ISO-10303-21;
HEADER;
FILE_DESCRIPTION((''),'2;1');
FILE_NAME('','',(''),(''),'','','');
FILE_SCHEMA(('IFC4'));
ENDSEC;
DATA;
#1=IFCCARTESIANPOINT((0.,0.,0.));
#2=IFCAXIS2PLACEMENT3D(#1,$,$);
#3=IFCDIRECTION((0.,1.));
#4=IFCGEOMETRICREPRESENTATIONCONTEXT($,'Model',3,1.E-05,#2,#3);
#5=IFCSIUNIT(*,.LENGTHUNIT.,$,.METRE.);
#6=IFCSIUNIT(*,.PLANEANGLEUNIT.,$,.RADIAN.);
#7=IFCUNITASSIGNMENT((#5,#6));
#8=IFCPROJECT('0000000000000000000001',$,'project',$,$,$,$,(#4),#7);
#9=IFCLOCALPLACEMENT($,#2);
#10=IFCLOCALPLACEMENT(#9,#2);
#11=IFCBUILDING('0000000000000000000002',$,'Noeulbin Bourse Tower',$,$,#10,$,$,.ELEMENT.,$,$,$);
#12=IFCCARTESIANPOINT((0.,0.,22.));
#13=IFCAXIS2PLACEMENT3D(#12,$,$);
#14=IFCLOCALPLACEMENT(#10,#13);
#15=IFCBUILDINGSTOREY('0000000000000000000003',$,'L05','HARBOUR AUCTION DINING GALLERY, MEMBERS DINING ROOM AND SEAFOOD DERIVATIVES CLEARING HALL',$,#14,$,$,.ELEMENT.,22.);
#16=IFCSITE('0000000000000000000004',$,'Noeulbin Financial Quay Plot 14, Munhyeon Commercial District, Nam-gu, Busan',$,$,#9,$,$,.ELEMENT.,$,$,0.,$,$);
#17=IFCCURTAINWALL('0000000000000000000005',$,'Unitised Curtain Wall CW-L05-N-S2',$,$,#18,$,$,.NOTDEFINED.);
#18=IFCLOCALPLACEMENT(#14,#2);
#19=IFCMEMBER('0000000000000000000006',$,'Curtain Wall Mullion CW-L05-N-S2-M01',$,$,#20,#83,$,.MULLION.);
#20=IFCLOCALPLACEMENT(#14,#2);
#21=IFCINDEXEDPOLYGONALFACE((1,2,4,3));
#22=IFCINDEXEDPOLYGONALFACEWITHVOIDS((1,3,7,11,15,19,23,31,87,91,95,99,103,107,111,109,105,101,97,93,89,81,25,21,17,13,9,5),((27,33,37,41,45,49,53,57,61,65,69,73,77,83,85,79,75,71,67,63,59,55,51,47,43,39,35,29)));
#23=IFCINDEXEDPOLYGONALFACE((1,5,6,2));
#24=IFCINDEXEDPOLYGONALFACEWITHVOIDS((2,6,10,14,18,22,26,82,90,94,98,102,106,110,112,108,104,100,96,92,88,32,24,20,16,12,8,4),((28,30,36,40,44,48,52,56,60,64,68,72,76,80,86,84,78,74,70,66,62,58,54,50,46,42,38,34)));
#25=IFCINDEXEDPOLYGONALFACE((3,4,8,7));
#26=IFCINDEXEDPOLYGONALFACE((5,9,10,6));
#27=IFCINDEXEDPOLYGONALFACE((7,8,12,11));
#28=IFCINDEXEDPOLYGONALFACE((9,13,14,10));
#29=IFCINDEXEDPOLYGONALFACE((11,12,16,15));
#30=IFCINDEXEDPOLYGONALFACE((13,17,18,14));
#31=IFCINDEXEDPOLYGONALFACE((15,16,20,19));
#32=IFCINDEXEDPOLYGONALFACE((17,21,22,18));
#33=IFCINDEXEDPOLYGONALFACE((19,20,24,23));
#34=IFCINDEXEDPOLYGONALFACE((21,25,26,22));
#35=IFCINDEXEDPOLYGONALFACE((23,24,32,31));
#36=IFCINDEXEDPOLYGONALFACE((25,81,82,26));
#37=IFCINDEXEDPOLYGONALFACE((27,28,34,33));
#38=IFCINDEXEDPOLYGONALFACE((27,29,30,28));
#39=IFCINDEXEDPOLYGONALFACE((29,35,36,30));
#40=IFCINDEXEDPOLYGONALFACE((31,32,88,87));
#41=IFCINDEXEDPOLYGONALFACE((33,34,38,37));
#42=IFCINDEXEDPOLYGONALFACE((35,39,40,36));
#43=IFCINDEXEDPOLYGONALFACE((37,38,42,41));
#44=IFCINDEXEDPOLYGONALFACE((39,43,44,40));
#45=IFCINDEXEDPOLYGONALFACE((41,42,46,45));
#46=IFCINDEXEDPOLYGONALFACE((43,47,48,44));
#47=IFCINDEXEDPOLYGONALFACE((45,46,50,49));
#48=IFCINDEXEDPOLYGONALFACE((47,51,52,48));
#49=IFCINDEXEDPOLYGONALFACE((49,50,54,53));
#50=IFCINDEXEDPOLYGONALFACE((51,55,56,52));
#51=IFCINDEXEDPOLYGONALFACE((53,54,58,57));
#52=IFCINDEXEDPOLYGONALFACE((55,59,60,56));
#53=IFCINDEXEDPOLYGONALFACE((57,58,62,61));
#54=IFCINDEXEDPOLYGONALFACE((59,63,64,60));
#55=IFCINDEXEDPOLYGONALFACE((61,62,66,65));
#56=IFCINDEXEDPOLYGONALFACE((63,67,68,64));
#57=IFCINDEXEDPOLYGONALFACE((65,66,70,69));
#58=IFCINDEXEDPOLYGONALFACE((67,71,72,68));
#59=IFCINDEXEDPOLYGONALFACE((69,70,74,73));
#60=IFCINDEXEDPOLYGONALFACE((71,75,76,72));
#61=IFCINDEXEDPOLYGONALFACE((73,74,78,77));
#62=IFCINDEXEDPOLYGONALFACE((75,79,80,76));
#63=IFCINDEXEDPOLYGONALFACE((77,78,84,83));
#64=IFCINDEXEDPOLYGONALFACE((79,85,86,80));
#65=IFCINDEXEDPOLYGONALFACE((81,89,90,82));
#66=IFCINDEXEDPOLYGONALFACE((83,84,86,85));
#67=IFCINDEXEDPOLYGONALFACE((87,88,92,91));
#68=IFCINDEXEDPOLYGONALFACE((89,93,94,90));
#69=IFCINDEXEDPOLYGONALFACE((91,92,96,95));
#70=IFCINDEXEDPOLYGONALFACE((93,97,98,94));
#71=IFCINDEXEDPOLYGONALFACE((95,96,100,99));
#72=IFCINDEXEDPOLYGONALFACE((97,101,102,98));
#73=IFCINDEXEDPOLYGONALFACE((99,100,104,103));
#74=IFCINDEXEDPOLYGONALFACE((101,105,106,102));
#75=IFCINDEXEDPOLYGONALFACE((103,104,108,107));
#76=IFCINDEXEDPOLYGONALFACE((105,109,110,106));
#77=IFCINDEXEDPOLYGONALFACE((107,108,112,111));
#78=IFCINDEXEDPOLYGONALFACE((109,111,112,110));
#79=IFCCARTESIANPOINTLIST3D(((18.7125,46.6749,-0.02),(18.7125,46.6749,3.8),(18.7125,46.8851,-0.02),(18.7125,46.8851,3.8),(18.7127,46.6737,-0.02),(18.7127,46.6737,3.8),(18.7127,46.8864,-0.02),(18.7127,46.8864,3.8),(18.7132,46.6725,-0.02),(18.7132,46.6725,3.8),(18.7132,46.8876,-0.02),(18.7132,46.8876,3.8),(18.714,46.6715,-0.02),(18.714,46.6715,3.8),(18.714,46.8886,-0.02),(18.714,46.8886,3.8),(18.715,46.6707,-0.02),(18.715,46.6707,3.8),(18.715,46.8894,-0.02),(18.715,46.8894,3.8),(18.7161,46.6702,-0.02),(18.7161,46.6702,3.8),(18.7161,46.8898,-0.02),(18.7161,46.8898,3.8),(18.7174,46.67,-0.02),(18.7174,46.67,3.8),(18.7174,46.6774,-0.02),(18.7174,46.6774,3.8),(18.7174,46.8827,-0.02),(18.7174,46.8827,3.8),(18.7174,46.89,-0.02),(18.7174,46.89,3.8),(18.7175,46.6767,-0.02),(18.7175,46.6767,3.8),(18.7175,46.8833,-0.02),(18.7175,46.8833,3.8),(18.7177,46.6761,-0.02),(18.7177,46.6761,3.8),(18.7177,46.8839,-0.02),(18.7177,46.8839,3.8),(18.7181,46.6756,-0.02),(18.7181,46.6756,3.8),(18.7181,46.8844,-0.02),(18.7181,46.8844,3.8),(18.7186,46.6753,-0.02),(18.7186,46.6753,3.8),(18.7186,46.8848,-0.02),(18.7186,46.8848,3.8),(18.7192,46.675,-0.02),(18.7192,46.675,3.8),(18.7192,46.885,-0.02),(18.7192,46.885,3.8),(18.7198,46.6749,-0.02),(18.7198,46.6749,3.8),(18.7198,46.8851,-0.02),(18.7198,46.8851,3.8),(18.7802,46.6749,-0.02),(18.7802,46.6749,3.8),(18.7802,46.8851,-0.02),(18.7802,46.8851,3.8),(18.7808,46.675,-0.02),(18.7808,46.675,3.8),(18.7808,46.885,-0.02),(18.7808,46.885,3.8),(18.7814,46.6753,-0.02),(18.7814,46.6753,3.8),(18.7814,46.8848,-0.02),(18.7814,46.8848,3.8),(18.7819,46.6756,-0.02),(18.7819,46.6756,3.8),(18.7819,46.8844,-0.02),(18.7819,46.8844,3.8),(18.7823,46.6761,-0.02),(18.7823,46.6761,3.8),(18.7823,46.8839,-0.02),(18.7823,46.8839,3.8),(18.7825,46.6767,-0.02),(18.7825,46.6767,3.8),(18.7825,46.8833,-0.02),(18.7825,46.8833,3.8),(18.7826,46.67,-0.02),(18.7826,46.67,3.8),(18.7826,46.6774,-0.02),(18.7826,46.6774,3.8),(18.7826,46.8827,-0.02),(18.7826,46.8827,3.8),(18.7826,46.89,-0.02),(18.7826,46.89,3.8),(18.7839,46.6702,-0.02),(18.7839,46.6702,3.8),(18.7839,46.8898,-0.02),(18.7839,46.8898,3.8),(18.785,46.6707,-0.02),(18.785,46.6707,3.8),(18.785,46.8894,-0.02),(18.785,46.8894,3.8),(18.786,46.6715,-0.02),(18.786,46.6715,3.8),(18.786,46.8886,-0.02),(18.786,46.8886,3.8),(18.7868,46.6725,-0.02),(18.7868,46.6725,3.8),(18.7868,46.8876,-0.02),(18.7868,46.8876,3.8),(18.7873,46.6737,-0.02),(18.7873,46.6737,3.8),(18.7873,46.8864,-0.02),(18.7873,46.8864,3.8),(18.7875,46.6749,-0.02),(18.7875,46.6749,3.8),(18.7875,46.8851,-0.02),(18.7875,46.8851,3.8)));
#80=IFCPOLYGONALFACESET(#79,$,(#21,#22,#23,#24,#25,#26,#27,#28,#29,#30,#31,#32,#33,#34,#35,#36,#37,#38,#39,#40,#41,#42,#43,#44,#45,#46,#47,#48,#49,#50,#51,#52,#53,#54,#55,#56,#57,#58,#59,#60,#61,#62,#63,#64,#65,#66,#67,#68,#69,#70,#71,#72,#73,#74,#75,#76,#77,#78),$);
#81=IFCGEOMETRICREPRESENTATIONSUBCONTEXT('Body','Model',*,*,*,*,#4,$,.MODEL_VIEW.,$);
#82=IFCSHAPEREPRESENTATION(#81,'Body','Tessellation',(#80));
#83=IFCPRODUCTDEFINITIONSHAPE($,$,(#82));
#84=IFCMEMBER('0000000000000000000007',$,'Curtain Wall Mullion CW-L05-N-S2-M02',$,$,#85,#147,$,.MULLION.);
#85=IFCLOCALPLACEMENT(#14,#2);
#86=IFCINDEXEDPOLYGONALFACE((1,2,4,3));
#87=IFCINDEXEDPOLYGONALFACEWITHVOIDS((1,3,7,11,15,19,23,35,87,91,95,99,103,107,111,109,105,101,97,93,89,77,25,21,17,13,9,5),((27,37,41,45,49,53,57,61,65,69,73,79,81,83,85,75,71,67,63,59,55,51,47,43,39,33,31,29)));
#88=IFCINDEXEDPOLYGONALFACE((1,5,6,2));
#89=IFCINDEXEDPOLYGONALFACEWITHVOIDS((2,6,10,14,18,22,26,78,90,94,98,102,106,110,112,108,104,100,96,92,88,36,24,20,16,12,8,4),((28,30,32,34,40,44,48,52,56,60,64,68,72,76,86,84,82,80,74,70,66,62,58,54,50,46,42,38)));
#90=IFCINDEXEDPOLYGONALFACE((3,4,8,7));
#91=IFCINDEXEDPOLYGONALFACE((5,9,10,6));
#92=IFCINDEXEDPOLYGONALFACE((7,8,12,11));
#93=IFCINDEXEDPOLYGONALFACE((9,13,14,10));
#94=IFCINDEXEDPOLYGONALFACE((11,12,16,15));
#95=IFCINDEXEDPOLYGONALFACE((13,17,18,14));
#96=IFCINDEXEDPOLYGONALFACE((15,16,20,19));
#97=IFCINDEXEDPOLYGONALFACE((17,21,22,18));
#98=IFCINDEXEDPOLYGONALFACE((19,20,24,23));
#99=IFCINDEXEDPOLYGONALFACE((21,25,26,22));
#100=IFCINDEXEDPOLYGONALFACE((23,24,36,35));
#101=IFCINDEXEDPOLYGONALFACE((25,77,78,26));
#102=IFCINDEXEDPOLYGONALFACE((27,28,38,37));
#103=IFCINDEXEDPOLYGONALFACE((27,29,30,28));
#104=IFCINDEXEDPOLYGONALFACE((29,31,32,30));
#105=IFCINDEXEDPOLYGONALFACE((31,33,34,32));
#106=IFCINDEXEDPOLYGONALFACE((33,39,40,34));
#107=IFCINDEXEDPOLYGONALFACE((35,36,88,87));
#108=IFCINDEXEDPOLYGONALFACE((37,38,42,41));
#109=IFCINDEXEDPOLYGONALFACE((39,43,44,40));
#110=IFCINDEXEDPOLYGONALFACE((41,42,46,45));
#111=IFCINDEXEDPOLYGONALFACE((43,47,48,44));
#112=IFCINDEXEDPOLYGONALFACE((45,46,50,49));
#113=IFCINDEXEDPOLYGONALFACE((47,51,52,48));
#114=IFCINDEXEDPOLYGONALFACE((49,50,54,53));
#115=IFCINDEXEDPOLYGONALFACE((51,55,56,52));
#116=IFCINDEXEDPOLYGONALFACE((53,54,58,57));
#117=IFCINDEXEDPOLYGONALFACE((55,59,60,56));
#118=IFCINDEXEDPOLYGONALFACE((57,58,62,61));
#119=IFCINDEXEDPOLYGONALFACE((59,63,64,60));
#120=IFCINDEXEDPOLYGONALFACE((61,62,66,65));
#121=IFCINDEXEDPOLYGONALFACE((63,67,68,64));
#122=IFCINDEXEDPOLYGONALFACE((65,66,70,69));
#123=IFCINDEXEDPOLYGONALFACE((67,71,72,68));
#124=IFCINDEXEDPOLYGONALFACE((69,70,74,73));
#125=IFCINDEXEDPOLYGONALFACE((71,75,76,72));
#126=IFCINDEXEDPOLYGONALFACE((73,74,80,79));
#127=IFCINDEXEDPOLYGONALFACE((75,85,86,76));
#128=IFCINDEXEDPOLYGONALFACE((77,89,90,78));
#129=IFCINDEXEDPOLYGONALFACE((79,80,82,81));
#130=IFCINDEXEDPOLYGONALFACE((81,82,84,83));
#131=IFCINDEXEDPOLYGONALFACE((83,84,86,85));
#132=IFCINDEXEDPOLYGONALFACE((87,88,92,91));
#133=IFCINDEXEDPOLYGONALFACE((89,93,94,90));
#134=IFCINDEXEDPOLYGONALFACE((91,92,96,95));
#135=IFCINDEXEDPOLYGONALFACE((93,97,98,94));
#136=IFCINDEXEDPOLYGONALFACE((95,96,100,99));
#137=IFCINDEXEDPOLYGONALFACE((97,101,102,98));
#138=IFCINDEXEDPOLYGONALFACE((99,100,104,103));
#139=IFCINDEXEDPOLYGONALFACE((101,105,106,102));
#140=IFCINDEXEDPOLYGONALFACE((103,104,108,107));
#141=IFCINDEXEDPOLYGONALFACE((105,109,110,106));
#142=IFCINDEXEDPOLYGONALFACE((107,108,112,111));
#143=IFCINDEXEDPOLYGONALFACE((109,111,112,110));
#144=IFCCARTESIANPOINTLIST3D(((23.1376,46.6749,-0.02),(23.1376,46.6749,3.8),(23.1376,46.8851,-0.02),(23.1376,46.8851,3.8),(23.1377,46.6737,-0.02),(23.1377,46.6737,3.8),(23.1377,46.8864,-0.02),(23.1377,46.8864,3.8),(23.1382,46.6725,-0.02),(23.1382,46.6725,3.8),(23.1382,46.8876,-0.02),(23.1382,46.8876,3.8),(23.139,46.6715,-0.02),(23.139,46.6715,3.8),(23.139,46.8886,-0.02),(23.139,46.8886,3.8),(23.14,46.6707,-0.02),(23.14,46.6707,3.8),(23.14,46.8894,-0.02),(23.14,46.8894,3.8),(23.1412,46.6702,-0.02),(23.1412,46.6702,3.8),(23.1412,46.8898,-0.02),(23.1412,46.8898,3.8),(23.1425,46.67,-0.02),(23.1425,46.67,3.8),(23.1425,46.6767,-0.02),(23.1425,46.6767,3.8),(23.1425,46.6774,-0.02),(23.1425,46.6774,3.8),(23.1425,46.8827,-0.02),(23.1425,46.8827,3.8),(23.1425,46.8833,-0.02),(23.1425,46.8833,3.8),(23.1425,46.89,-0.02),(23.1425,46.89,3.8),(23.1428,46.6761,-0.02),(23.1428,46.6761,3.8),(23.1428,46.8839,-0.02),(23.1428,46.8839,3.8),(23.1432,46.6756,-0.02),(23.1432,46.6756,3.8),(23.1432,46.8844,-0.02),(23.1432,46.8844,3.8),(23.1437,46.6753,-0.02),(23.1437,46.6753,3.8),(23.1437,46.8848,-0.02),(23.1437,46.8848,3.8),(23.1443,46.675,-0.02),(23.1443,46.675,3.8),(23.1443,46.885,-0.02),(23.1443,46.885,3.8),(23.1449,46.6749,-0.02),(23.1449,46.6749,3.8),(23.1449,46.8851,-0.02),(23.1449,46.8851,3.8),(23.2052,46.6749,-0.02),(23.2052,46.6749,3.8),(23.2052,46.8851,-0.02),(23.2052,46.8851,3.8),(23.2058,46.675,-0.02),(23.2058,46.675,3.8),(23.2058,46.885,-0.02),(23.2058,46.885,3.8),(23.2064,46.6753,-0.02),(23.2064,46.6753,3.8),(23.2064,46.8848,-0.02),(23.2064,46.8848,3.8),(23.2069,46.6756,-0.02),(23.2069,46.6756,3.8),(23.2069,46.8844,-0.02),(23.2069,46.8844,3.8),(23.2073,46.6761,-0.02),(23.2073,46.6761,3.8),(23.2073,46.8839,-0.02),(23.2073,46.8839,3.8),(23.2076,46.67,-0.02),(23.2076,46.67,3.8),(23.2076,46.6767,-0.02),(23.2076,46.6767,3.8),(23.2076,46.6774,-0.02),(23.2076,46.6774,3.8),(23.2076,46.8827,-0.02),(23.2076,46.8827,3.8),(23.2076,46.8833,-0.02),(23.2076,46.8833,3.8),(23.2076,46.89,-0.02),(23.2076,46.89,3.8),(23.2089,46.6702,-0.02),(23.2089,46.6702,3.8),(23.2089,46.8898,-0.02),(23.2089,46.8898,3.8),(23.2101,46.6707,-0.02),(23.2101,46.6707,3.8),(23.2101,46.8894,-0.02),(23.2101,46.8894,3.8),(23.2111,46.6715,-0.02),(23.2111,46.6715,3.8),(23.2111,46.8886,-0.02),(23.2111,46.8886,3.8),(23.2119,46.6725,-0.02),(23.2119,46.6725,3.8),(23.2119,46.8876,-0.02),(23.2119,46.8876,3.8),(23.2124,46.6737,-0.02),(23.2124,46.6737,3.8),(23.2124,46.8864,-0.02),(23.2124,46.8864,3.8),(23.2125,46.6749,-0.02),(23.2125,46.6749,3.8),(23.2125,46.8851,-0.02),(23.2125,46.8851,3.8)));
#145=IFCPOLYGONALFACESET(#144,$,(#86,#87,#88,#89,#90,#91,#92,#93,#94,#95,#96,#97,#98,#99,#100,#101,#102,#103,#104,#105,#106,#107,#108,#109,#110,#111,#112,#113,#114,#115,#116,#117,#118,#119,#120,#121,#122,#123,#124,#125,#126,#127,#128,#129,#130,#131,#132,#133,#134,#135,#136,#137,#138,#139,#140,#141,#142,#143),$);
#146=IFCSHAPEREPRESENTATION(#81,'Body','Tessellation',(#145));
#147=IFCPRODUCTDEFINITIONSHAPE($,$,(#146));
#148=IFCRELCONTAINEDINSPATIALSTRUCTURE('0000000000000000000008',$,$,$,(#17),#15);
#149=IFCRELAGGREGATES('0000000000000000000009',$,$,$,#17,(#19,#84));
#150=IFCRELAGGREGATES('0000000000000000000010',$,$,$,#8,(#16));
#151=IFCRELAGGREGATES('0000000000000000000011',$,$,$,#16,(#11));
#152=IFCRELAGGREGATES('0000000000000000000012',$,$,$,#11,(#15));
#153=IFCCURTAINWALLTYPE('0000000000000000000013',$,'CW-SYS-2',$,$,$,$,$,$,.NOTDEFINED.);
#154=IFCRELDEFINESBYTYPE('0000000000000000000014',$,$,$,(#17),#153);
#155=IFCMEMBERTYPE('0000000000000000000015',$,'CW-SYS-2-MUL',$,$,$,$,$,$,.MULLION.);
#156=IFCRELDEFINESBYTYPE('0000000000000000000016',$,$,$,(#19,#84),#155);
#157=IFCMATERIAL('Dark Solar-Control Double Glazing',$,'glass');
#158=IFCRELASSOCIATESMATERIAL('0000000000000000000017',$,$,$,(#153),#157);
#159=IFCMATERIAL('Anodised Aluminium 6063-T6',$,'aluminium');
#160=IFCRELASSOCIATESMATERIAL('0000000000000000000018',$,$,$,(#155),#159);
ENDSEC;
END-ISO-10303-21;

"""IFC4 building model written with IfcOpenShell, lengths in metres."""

from ifc_helpers import new_model, si_unit, direction, frame, origin, origin_2d, place, context, subcontext, project, spatial, hollow_rectangle, extrude, material, material_profile, profile_set, type_object, element, aggregate, save


model = new_model("IFC4")

# Units and contexts
model_context = context("Model", 3, precision=1e-05, world=origin(), true_north=direction((0.0, 1.0)))
body_context = subcontext(model_context, "Body", "Model", "MODEL_VIEW")
ifc_project = project(units=[si_unit("LENGTHUNIT", "METRE"), si_unit("PLANEANGLEUNIT", "RADIAN")], contexts=[model_context])

# Site, building, storey
site_placement = place(None, origin())
site = spatial("IfcSite", under=ifc_project, at=site_placement, Name="Noeulbin Financial Quay Plot 14, Munhyeon Commercial District, Nam-gu, Busan", CompositionType="ELEMENT", RefElevation=0.0)
building_placement = place(site_placement, origin())
building = spatial("IfcBuilding", under=site, at=building_placement, Name="Noeulbin Bourse Tower", CompositionType="ELEMENT")
storey_placement = place(building_placement, frame((0.0, 0.0, 22.0)))
storey = spatial("IfcBuildingStorey", under=building, at=storey_placement, Name="L05", Description="HARBOUR AUCTION DINING GALLERY, MEMBERS DINING ROOM AND SEAFOOD DERIVATIVES CLEARING HALL", CompositionType="ELEMENT", Elevation=22.0)

# Curtain wall, members
ifc_material_1 = material(Name="Dark Solar-Control Double Glazing", Category="glass")
curtain_wall_type = type_object("IfcCurtainWallType", Name="CW-SYS-2", PredefinedType="NOTDEFINED", material=ifc_material_1)
curtain_wall_1_placement = place(storey_placement, origin())
curtain_wall_1 = element("IfcCurtainWall", 1, at=curtain_wall_1_placement, inside=storey, type_object=curtain_wall_type, Name="Unitised Curtain Wall CW-L05-N-S2", PredefinedType="NOTDEFINED")
ifc_material_2 = material(Name="Anodised Aluminium 6063-T6", Category="aluminium")
ifc_material_profile_1 = material_profile(ifc_material_2, hollow_rectangle(XDim=0.075, YDim=0.22, WallThickness=0.0049, InnerFilletRadius=0.0024, OuterFilletRadius=0.0049, at=origin_2d()), Name="ALU-MULL-75x220x5", Category="LoadBearing")
ifc_profile_set_1 = profile_set([ifc_material_profile_1], Name="Anodised Aluminium 6063-T6")
member_type_1 = type_object("IfcMemberType", Name="CW-SYS-2-MUL", PredefinedType="MULLION", material=ifc_profile_set_1)
member_1_placement = place(storey_placement, frame((18.75, 46.78, -0.02), z_axis=(0.0, 0.0, 1.0), x_axis=(1.0, 0.0, 0.0)))
member_1 = element("IfcMember", 2, at=member_1_placement, type_object=member_type_1, Name="Curtain Wall Mullion CW-L05-N-S2-M01", PredefinedType="MULLION", context=body_context, shape_type="SweptSolid", body=[
    extrude(hollow_rectangle(XDim=0.075, YDim=0.22, WallThickness=0.0049, InnerFilletRadius=0.0024, OuterFilletRadius=0.0049, at=origin_2d()), origin(), (0.0, 0.0, 1.0), 3.8201),
])
member_2_placement = place(storey_placement, frame((23.175, 46.78, -0.02), z_axis=(0.0, 0.0, 1.0), x_axis=(1.0, 0.0, 0.0)))
member_2 = element("IfcMember", 3, at=member_2_placement, type_object=member_type_1, Name="Curtain Wall Mullion CW-L05-N-S2-M02", PredefinedType="MULLION", context=body_context, shape_type="SweptSolid", body=[
    extrude(hollow_rectangle(XDim=0.075, YDim=0.22, WallThickness=0.0049, InnerFilletRadius=0.0024, OuterFilletRadius=0.0049, at=origin_2d()), origin(), (0.0, 0.0, 1.0), 3.8201),
])

aggregate(curtain_wall_1, [member_1, member_2])

save(model, "model.ifc")
